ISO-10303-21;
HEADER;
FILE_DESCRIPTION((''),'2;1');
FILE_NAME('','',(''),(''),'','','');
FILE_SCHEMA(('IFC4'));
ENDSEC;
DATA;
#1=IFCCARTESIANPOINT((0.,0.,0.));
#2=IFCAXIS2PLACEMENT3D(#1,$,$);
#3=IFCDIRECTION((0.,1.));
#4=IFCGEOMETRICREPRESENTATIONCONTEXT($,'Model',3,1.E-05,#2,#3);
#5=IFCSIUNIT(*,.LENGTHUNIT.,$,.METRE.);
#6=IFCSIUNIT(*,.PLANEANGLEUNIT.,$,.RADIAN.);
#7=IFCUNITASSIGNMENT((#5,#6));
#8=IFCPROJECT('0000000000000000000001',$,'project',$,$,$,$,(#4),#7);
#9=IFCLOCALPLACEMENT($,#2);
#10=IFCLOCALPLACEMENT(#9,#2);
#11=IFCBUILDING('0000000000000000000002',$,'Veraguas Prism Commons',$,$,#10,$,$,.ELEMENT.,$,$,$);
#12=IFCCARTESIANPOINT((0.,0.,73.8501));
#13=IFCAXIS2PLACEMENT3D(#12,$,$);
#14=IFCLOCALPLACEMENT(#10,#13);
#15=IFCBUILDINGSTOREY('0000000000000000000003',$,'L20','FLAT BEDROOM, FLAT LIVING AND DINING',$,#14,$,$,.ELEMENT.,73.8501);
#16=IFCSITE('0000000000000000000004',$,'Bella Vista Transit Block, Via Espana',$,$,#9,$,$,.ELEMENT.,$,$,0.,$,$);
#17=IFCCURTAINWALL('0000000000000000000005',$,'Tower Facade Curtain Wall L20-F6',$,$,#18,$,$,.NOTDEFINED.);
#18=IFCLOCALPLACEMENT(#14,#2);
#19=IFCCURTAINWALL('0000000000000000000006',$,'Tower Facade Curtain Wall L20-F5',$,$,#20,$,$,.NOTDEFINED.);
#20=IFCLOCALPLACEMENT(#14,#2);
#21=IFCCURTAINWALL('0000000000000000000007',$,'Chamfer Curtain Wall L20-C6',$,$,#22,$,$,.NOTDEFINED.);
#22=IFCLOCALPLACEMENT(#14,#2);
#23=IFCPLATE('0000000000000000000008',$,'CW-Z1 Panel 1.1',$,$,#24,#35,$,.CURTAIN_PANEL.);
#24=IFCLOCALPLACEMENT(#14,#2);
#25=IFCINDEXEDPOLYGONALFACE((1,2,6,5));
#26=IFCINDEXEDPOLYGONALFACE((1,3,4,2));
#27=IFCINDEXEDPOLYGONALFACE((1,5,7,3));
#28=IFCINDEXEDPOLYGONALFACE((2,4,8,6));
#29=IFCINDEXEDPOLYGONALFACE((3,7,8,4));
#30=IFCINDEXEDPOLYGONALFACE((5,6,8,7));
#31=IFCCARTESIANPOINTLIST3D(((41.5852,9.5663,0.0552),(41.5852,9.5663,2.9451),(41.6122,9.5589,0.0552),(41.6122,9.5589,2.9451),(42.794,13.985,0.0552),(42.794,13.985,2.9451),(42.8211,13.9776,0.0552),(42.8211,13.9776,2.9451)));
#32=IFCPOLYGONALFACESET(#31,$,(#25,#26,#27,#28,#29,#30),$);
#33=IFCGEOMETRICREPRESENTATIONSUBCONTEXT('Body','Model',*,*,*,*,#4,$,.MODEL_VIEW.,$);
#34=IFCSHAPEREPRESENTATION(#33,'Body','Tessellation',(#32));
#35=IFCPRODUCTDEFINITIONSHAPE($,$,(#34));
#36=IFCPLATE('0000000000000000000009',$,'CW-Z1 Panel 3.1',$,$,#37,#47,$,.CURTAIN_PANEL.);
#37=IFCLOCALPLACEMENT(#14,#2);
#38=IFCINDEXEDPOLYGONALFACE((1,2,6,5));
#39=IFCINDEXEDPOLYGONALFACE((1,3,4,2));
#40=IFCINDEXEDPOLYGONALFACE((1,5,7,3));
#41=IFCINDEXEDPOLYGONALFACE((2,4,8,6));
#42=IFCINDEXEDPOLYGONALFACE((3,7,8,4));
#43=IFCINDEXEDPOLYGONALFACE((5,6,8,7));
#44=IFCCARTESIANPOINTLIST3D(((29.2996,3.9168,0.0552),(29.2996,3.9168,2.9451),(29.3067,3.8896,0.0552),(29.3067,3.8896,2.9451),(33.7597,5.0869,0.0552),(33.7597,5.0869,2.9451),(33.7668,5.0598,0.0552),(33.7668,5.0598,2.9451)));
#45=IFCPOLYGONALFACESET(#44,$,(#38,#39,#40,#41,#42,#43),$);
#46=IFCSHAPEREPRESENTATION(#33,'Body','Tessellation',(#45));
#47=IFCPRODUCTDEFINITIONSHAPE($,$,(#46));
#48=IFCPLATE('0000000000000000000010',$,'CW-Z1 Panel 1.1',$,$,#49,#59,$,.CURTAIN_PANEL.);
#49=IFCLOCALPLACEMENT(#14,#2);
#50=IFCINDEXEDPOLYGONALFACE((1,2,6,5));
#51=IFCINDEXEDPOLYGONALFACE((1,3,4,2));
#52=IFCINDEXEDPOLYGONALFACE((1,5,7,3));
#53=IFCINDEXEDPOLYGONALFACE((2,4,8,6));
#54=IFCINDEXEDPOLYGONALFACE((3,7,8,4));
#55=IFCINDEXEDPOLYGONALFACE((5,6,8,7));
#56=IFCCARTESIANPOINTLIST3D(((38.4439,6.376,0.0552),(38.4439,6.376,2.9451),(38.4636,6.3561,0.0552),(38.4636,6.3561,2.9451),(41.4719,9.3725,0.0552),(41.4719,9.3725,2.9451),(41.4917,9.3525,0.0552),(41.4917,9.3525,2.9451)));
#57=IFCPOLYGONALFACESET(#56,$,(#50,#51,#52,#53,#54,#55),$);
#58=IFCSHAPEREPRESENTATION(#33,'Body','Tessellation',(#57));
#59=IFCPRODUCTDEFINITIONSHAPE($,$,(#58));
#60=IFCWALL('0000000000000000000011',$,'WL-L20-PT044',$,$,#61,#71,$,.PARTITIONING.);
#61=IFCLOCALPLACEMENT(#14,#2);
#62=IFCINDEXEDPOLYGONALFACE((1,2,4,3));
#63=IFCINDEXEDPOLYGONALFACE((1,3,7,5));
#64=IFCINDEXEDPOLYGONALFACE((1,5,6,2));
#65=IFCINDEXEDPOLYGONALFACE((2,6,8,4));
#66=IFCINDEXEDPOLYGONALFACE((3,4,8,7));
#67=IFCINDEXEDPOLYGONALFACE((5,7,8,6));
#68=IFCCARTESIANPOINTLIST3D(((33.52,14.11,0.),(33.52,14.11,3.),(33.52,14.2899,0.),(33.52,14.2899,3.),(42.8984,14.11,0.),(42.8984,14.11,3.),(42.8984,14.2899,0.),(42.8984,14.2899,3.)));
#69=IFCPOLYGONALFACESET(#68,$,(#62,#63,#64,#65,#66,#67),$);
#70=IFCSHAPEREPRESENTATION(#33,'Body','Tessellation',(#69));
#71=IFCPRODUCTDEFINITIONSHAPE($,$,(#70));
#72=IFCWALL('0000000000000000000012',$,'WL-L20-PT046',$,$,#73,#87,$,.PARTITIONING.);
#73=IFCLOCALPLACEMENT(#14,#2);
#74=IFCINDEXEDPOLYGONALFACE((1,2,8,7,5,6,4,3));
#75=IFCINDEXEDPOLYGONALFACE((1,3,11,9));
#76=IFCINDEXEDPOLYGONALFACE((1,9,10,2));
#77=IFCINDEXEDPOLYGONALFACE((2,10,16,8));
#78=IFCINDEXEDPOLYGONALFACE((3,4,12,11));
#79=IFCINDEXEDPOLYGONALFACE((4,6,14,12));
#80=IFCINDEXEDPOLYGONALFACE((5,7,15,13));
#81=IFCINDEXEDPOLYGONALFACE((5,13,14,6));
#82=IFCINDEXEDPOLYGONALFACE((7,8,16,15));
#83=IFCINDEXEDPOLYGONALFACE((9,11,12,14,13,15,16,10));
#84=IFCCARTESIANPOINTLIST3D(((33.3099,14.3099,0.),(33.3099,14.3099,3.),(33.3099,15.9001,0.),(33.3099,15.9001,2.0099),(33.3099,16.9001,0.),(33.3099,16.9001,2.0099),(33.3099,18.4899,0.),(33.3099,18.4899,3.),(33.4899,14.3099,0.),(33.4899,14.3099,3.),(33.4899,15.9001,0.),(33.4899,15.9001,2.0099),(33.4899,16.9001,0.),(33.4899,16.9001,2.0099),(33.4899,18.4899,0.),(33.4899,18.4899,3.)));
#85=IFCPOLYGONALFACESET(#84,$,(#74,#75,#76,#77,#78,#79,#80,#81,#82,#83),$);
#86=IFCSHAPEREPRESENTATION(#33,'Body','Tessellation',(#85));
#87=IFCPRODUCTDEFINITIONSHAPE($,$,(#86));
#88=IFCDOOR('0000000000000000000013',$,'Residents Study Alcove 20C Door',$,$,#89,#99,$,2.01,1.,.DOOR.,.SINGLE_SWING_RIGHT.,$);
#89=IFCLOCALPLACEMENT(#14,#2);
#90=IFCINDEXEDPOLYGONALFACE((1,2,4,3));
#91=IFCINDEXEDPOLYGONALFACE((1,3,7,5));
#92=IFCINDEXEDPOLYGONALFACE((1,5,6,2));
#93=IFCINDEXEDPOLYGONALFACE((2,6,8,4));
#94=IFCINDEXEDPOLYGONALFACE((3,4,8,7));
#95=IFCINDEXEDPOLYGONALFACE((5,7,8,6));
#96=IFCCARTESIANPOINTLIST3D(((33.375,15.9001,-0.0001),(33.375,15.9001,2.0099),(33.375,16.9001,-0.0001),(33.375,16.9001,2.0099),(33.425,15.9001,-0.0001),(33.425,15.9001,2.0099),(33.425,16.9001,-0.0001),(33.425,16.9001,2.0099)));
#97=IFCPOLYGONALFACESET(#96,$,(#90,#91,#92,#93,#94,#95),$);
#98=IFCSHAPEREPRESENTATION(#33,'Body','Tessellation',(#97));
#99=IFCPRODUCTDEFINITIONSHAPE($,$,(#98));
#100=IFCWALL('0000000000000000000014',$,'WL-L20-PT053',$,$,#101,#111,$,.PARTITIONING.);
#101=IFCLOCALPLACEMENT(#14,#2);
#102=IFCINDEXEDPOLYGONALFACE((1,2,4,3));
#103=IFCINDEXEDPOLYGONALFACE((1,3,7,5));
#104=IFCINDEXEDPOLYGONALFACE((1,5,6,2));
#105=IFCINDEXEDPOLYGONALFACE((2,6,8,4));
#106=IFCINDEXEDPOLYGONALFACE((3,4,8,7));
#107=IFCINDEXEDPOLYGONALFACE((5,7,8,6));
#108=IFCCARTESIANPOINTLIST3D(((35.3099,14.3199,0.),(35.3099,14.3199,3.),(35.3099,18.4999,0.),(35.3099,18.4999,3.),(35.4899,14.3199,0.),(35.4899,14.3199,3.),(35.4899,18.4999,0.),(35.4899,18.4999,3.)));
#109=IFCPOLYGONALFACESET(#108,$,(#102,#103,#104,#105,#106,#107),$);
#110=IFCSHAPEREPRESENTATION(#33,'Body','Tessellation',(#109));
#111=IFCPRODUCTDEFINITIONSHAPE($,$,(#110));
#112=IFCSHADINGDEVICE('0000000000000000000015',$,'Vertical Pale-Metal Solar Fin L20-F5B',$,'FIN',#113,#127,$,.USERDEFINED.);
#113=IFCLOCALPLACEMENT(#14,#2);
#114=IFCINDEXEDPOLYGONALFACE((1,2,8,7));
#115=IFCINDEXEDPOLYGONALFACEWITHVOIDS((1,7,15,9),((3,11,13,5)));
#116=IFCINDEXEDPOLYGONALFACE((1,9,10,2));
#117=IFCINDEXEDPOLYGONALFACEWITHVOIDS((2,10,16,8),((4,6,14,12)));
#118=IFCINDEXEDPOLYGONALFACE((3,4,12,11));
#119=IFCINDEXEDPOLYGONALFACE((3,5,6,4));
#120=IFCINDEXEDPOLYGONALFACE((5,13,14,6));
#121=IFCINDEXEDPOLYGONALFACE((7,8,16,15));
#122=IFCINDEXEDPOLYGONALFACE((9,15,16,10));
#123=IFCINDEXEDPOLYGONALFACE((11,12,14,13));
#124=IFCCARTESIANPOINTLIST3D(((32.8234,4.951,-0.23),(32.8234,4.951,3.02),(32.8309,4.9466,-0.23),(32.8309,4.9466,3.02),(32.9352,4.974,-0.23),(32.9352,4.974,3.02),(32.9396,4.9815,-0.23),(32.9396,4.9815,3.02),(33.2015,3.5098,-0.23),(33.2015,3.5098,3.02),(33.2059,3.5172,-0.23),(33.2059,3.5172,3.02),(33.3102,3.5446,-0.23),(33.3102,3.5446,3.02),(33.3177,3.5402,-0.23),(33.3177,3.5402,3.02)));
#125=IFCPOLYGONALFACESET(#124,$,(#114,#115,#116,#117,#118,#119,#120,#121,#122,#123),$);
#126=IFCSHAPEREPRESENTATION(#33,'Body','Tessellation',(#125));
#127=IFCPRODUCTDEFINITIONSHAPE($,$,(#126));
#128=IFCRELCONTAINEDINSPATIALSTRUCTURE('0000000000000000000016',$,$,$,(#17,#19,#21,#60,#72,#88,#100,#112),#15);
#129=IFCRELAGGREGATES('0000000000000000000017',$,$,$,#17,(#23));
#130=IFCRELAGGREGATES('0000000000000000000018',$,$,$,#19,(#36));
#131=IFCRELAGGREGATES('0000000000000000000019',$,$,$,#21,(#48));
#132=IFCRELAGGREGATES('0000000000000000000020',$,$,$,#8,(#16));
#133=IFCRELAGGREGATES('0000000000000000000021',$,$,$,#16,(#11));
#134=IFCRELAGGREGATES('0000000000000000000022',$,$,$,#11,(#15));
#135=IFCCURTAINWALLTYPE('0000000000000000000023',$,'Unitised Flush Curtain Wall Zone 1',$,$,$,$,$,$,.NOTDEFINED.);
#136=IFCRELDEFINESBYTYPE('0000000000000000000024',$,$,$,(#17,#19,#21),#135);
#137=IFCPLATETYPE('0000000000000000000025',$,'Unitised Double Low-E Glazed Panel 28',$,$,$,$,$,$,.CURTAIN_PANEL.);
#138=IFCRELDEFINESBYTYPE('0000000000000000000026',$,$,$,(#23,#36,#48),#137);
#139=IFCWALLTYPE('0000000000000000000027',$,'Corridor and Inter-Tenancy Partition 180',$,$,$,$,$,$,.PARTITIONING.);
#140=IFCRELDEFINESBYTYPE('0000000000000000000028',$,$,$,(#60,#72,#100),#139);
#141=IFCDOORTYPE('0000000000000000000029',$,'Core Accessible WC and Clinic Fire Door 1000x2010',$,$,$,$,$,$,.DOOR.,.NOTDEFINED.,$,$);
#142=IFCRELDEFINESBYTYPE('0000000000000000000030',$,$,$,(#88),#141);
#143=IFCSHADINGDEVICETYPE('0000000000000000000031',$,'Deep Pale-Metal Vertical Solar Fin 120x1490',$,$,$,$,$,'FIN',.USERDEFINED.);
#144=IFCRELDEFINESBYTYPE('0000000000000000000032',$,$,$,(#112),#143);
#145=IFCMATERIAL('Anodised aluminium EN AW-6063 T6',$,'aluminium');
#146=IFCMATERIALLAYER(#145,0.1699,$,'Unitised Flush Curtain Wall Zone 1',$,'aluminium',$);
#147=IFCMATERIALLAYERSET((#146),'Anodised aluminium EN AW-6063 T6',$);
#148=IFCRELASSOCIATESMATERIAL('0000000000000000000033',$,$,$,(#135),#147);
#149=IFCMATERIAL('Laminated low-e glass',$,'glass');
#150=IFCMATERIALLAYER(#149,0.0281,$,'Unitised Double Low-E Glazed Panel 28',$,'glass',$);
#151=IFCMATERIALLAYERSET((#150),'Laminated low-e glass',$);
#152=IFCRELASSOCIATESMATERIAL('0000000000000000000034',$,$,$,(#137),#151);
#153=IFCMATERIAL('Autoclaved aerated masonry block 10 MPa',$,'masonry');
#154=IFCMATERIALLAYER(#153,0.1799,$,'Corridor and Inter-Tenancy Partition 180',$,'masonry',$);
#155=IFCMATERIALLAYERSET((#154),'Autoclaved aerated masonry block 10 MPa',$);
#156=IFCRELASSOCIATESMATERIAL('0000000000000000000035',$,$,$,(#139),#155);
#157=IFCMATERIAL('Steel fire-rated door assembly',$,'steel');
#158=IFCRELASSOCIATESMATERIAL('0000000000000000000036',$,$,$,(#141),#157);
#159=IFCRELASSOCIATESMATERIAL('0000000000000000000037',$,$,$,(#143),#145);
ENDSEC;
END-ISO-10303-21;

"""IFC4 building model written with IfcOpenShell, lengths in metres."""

from ifc_helpers import new_model, si_unit, direction, frame, frame_2d, origin, origin_2d, place, context, subcontext, project, spatial, rectangle, hollow_rectangle, extrude, source, transform, mapped, material, layer, layer_set, material_profile, profile_set, type_object, element, fill, aggregate, save


model = new_model("IFC4")

# Units and contexts
model_context = context("Model", 3, precision=1e-05, world=origin(), true_north=direction((0.0, 1.0)))
body_context = subcontext(model_context, "Body", "Model", "MODEL_VIEW")
ifc_project = project(units=[si_unit("LENGTHUNIT", "METRE"), si_unit("PLANEANGLEUNIT", "RADIAN")], contexts=[model_context])

# Site, building, storey
site_placement = place(None, origin())
site = spatial("IfcSite", under=ifc_project, at=site_placement, Name="Bella Vista Transit Block, Via Espana", CompositionType="ELEMENT", RefElevation=0.0)
building_placement = place(site_placement, origin())
building = spatial("IfcBuilding", under=site, at=building_placement, Name="Veraguas Prism Commons", CompositionType="ELEMENT")
storey_placement = place(building_placement, frame((0.0, 0.0, 73.8501)))
storey = spatial("IfcBuildingStorey", under=building, at=storey_placement, Name="L20", Description="FLAT BEDROOM, FLAT LIVING AND DINING", CompositionType="ELEMENT", Elevation=73.8501)

# Curtain walls
ifc_material_1 = material(Name="Anodised aluminium EN AW-6063 T6", Category="aluminium")
ifc_layer_1 = layer(ifc_material_1, 0.1699, Name="Unitised Flush Curtain Wall Zone 1", Category="aluminium")
ifc_layer_set_1 = layer_set([ifc_layer_1], Name="Anodised aluminium EN AW-6063 T6")
curtain_wall_type = type_object("IfcCurtainWallType", Name="Unitised Flush Curtain Wall Zone 1", PredefinedType="NOTDEFINED", material=ifc_layer_set_1)
curtain_wall_1_placement = place(storey_placement, origin())
curtain_wall_1 = element("IfcCurtainWall", 1, at=curtain_wall_1_placement, inside=storey, type_object=curtain_wall_type, Name="Tower Facade Curtain Wall L20-F6", PredefinedType="NOTDEFINED")
curtain_wall_2_placement = place(storey_placement, origin())
curtain_wall_2 = element("IfcCurtainWall", 2, at=curtain_wall_2_placement, inside=storey, type_object=curtain_wall_type, Name="Tower Facade Curtain Wall L20-F5", PredefinedType="NOTDEFINED")

# Curtain wall
curtain_wall_3_placement = place(storey_placement, origin())
curtain_wall_3 = element("IfcCurtainWall", 3, at=curtain_wall_3_placement, inside=storey, type_object=curtain_wall_type, Name="Chamfer Curtain Wall L20-C6", PredefinedType="NOTDEFINED")

# Plates
ifc_material_2 = material(Name="Laminated low-e glass", Category="glass")
ifc_layer_2 = layer(ifc_material_2, 0.0281, Name="Unitised Double Low-E Glazed Panel 28", Category="glass")
ifc_layer_set_2 = layer_set([ifc_layer_2], Name="Laminated low-e glass")
plate_type = type_object("IfcPlateType", Name="Unitised Double Low-E Glazed Panel 28", PredefinedType="CURTAIN_PANEL", material=ifc_layer_set_2)
shared_shape_1 = source(origin(), body_context, "Body", "SweptSolid", [
    extrude(rectangle(XDim=4.5811, YDim=0.0281, at=origin_2d()), origin(), (0.0, 0.0, 1.0), 2.8899),
])
plate_1_placement = place(storey_placement, frame((42.2031, 11.772, 0.0552), z_axis=(0.0, 0.0, 1.0), x_axis=(0.26388, 0.964556, 0.0)))
plate_1 = element("IfcPlate", 4, at=plate_1_placement, type_object=plate_type, Name="CW-Z1 Panel 1.1", PredefinedType="CURTAIN_PANEL", context=body_context, shape_type="MappedRepresentation", body=[
    mapped(shared_shape_1, transform((0.0, 0.0, 0.0), scale=1.0)),
])
aggregate(curtain_wall_1, [plate_1])
shared_shape_2 = source(origin(), body_context, "Body", "SweptSolid", [
    extrude(rectangle(XDim=4.6111, YDim=0.0281, at=origin_2d()), origin(), (0.0, 0.0, 1.0), 2.8899),
])
plate_2_placement = place(storey_placement, frame((31.5332, 4.4883, 0.0552), z_axis=(0.0, 0.0, 1.0), x_axis=(0.967267, 0.25376, 0.0)))
plate_2 = element("IfcPlate", 5, at=plate_2_placement, type_object=plate_type, Name="CW-Z1 Panel 3.1", PredefinedType="CURTAIN_PANEL", context=body_context, shape_type="MappedRepresentation", body=[
    mapped(shared_shape_2, transform((0.0, 0.0, 0.0), scale=1.0)),
])
aggregate(curtain_wall_2, [plate_2])
shared_shape_3 = source(origin(), body_context, "Body", "SweptSolid", [
    extrude(rectangle(XDim=4.26, YDim=0.0281, at=origin_2d()), origin(), (0.0, 0.0, 1.0), 2.8899),
])
plate_3_placement = place(storey_placement, frame((39.9678, 7.8643, 0.0552), z_axis=(0.0, 0.0, 1.0), x_axis=(0.710807, 0.703387, 0.0)))
plate_3 = element("IfcPlate", 6, at=plate_3_placement, type_object=plate_type, Name="CW-Z1 Panel 1.1", PredefinedType="CURTAIN_PANEL", context=body_context, shape_type="MappedRepresentation", body=[
    mapped(shared_shape_3, transform((0.0, 0.0, 0.0), scale=1.0)),
])
aggregate(curtain_wall_3, [plate_3])

# Wall
ifc_material_3 = material(Name="Autoclaved aerated masonry block 10 MPa", Category="masonry")
ifc_layer_3 = layer(ifc_material_3, 0.1799, Name="Corridor and Inter-Tenancy Partition 180", Category="masonry")
ifc_layer_set_3 = layer_set([ifc_layer_3], Name="Autoclaved aerated masonry block 10 MPa")
wall_type = type_object("IfcWallType", Name="Corridor and Inter-Tenancy Partition 180", PredefinedType="PARTITIONING", material=ifc_layer_set_3)
wall_1_placement = place(storey_placement, frame((33.52, 14.2, 0.0), z_axis=(0.0, 0.0, 1.0), x_axis=(1.0, 0.0, 0.0)))
element("IfcWall", 7, at=wall_1_placement, inside=storey, type_object=wall_type, Name="WL-L20-PT044", PredefinedType="PARTITIONING", context=body_context, shape_type="SweptSolid", body=[
    extrude(rectangle(XDim=9.3784, YDim=0.1799, at=frame_2d((4.6892, 0.0))), origin(), (0.0, 0.0, 1.0), 3.0),
])

# Wall, opening, door
wall_2_placement = place(storey_placement, frame((33.3999, 14.3101, 0.0), z_axis=(0.0, 0.0, 1.0), x_axis=(0.0, 1.0, 0.0)))
wall_2 = element("IfcWall", 8, at=wall_2_placement, inside=storey, type_object=wall_type, Name="WL-L20-PT046", PredefinedType="PARTITIONING", context=body_context, shape_type="SweptSolid", body=[
    extrude(rectangle(XDim=4.1799, YDim=0.1799, at=frame_2d((2.0898, 0.0))), origin(), (0.0, 0.0, 1.0), 3.0),
])
opening_placement = place(wall_2_placement, frame((1.5901, 0.0, 0.0)))
opening = element("IfcOpeningElement", 9, at=opening_placement, cuts=wall_2, PredefinedType="OPENING", context=body_context, shape_type="SweptSolid", body=[
    extrude(rectangle(XDim=1.0, YDim=2.01, at=frame_2d((0.5, 1.0049))), frame((0.0, 0.0999, 0.0), z_axis=(0.0, -1.0, 0.0), x_axis=(1.0, 0.0, 0.0)), (0.0, 0.0, 1.0), 0.2),
])
ifc_material_4 = material(Name="Steel fire-rated door assembly", Category="steel")
door_type = type_object("IfcDoorType", Name="Core Accessible WC and Clinic Fire Door 1000x2010", OperationType="NOTDEFINED", PredefinedType="DOOR", material=ifc_material_4)
shared_shape_4 = source(origin(), body_context, "Body", "SweptSolid", [
    extrude(rectangle(XDim=1.0, YDim=2.01, at=frame_2d((0.5, 1.0049))), frame((0.0, 0.0249, 0.0), z_axis=(0.0, -1.0, 0.0), x_axis=(1.0, 0.0, 0.0)), (0.0, 0.0, 1.0), 0.05),
])
door_placement = place(opening_placement, origin())
door = element("IfcDoor", 10, at=door_placement, inside=storey, type_object=door_type, Name="Residents Study Alcove 20C Door", OperationType="SINGLE_SWING_RIGHT", OverallHeight=2.01, OverallWidth=1.0, PredefinedType="DOOR", context=body_context, shape_type="MappedRepresentation", body=[
    mapped(shared_shape_4, transform((0.0, 0.0, 0.0), scale=1.0)),
])
fill(opening, door)

# Wall
wall_3_placement = place(storey_placement, frame((35.3999, 14.3201, 0.0), z_axis=(0.0, 0.0, 1.0), x_axis=(0.0, 1.0, 0.0)))
element("IfcWall", 11, at=wall_3_placement, inside=storey, type_object=wall_type, Name="WL-L20-PT053", PredefinedType="PARTITIONING", context=body_context, shape_type="SweptSolid", body=[
    extrude(rectangle(XDim=4.1799, YDim=0.1799, at=frame_2d((2.0898, 0.0))), origin(), (0.0, 0.0, 1.0), 3.0),
])

# Shading device
ifc_material_profile_1 = material_profile(ifc_material_1, hollow_rectangle(XDim=0.1201, YDim=1.49, WallThickness=0.0061, at=origin_2d()), Name="FIN120X1490X6")
ifc_profile_set_1 = profile_set([ifc_material_profile_1], Name="Anodised aluminium EN AW-6063 T6")
shading_device_type = type_object("IfcShadingDeviceType", Name="Deep Pale-Metal Vertical Solar Fin 120x1490", ElementType="FIN", PredefinedType="USERDEFINED", material=ifc_profile_set_1)
shading_device_placement = place(storey_placement, frame((33.0706, 4.2456, -0.23), z_axis=(0.0, 0.0, 1.0), x_axis=(0.967268, 0.253758, 0.0)))
element("IfcShadingDevice", 12, at=shading_device_placement, inside=storey, type_object=shading_device_type, Name="Vertical Pale-Metal Solar Fin L20-F5B", ObjectType="FIN", PredefinedType="USERDEFINED", context=body_context, shape_type="SweptSolid", body=[
    extrude(hollow_rectangle(XDim=0.1201, YDim=1.49, WallThickness=0.0061, at=origin_2d()), origin(), (0.0, 0.0, 1.0), 3.25),
])

save(model, "model.ifc")
